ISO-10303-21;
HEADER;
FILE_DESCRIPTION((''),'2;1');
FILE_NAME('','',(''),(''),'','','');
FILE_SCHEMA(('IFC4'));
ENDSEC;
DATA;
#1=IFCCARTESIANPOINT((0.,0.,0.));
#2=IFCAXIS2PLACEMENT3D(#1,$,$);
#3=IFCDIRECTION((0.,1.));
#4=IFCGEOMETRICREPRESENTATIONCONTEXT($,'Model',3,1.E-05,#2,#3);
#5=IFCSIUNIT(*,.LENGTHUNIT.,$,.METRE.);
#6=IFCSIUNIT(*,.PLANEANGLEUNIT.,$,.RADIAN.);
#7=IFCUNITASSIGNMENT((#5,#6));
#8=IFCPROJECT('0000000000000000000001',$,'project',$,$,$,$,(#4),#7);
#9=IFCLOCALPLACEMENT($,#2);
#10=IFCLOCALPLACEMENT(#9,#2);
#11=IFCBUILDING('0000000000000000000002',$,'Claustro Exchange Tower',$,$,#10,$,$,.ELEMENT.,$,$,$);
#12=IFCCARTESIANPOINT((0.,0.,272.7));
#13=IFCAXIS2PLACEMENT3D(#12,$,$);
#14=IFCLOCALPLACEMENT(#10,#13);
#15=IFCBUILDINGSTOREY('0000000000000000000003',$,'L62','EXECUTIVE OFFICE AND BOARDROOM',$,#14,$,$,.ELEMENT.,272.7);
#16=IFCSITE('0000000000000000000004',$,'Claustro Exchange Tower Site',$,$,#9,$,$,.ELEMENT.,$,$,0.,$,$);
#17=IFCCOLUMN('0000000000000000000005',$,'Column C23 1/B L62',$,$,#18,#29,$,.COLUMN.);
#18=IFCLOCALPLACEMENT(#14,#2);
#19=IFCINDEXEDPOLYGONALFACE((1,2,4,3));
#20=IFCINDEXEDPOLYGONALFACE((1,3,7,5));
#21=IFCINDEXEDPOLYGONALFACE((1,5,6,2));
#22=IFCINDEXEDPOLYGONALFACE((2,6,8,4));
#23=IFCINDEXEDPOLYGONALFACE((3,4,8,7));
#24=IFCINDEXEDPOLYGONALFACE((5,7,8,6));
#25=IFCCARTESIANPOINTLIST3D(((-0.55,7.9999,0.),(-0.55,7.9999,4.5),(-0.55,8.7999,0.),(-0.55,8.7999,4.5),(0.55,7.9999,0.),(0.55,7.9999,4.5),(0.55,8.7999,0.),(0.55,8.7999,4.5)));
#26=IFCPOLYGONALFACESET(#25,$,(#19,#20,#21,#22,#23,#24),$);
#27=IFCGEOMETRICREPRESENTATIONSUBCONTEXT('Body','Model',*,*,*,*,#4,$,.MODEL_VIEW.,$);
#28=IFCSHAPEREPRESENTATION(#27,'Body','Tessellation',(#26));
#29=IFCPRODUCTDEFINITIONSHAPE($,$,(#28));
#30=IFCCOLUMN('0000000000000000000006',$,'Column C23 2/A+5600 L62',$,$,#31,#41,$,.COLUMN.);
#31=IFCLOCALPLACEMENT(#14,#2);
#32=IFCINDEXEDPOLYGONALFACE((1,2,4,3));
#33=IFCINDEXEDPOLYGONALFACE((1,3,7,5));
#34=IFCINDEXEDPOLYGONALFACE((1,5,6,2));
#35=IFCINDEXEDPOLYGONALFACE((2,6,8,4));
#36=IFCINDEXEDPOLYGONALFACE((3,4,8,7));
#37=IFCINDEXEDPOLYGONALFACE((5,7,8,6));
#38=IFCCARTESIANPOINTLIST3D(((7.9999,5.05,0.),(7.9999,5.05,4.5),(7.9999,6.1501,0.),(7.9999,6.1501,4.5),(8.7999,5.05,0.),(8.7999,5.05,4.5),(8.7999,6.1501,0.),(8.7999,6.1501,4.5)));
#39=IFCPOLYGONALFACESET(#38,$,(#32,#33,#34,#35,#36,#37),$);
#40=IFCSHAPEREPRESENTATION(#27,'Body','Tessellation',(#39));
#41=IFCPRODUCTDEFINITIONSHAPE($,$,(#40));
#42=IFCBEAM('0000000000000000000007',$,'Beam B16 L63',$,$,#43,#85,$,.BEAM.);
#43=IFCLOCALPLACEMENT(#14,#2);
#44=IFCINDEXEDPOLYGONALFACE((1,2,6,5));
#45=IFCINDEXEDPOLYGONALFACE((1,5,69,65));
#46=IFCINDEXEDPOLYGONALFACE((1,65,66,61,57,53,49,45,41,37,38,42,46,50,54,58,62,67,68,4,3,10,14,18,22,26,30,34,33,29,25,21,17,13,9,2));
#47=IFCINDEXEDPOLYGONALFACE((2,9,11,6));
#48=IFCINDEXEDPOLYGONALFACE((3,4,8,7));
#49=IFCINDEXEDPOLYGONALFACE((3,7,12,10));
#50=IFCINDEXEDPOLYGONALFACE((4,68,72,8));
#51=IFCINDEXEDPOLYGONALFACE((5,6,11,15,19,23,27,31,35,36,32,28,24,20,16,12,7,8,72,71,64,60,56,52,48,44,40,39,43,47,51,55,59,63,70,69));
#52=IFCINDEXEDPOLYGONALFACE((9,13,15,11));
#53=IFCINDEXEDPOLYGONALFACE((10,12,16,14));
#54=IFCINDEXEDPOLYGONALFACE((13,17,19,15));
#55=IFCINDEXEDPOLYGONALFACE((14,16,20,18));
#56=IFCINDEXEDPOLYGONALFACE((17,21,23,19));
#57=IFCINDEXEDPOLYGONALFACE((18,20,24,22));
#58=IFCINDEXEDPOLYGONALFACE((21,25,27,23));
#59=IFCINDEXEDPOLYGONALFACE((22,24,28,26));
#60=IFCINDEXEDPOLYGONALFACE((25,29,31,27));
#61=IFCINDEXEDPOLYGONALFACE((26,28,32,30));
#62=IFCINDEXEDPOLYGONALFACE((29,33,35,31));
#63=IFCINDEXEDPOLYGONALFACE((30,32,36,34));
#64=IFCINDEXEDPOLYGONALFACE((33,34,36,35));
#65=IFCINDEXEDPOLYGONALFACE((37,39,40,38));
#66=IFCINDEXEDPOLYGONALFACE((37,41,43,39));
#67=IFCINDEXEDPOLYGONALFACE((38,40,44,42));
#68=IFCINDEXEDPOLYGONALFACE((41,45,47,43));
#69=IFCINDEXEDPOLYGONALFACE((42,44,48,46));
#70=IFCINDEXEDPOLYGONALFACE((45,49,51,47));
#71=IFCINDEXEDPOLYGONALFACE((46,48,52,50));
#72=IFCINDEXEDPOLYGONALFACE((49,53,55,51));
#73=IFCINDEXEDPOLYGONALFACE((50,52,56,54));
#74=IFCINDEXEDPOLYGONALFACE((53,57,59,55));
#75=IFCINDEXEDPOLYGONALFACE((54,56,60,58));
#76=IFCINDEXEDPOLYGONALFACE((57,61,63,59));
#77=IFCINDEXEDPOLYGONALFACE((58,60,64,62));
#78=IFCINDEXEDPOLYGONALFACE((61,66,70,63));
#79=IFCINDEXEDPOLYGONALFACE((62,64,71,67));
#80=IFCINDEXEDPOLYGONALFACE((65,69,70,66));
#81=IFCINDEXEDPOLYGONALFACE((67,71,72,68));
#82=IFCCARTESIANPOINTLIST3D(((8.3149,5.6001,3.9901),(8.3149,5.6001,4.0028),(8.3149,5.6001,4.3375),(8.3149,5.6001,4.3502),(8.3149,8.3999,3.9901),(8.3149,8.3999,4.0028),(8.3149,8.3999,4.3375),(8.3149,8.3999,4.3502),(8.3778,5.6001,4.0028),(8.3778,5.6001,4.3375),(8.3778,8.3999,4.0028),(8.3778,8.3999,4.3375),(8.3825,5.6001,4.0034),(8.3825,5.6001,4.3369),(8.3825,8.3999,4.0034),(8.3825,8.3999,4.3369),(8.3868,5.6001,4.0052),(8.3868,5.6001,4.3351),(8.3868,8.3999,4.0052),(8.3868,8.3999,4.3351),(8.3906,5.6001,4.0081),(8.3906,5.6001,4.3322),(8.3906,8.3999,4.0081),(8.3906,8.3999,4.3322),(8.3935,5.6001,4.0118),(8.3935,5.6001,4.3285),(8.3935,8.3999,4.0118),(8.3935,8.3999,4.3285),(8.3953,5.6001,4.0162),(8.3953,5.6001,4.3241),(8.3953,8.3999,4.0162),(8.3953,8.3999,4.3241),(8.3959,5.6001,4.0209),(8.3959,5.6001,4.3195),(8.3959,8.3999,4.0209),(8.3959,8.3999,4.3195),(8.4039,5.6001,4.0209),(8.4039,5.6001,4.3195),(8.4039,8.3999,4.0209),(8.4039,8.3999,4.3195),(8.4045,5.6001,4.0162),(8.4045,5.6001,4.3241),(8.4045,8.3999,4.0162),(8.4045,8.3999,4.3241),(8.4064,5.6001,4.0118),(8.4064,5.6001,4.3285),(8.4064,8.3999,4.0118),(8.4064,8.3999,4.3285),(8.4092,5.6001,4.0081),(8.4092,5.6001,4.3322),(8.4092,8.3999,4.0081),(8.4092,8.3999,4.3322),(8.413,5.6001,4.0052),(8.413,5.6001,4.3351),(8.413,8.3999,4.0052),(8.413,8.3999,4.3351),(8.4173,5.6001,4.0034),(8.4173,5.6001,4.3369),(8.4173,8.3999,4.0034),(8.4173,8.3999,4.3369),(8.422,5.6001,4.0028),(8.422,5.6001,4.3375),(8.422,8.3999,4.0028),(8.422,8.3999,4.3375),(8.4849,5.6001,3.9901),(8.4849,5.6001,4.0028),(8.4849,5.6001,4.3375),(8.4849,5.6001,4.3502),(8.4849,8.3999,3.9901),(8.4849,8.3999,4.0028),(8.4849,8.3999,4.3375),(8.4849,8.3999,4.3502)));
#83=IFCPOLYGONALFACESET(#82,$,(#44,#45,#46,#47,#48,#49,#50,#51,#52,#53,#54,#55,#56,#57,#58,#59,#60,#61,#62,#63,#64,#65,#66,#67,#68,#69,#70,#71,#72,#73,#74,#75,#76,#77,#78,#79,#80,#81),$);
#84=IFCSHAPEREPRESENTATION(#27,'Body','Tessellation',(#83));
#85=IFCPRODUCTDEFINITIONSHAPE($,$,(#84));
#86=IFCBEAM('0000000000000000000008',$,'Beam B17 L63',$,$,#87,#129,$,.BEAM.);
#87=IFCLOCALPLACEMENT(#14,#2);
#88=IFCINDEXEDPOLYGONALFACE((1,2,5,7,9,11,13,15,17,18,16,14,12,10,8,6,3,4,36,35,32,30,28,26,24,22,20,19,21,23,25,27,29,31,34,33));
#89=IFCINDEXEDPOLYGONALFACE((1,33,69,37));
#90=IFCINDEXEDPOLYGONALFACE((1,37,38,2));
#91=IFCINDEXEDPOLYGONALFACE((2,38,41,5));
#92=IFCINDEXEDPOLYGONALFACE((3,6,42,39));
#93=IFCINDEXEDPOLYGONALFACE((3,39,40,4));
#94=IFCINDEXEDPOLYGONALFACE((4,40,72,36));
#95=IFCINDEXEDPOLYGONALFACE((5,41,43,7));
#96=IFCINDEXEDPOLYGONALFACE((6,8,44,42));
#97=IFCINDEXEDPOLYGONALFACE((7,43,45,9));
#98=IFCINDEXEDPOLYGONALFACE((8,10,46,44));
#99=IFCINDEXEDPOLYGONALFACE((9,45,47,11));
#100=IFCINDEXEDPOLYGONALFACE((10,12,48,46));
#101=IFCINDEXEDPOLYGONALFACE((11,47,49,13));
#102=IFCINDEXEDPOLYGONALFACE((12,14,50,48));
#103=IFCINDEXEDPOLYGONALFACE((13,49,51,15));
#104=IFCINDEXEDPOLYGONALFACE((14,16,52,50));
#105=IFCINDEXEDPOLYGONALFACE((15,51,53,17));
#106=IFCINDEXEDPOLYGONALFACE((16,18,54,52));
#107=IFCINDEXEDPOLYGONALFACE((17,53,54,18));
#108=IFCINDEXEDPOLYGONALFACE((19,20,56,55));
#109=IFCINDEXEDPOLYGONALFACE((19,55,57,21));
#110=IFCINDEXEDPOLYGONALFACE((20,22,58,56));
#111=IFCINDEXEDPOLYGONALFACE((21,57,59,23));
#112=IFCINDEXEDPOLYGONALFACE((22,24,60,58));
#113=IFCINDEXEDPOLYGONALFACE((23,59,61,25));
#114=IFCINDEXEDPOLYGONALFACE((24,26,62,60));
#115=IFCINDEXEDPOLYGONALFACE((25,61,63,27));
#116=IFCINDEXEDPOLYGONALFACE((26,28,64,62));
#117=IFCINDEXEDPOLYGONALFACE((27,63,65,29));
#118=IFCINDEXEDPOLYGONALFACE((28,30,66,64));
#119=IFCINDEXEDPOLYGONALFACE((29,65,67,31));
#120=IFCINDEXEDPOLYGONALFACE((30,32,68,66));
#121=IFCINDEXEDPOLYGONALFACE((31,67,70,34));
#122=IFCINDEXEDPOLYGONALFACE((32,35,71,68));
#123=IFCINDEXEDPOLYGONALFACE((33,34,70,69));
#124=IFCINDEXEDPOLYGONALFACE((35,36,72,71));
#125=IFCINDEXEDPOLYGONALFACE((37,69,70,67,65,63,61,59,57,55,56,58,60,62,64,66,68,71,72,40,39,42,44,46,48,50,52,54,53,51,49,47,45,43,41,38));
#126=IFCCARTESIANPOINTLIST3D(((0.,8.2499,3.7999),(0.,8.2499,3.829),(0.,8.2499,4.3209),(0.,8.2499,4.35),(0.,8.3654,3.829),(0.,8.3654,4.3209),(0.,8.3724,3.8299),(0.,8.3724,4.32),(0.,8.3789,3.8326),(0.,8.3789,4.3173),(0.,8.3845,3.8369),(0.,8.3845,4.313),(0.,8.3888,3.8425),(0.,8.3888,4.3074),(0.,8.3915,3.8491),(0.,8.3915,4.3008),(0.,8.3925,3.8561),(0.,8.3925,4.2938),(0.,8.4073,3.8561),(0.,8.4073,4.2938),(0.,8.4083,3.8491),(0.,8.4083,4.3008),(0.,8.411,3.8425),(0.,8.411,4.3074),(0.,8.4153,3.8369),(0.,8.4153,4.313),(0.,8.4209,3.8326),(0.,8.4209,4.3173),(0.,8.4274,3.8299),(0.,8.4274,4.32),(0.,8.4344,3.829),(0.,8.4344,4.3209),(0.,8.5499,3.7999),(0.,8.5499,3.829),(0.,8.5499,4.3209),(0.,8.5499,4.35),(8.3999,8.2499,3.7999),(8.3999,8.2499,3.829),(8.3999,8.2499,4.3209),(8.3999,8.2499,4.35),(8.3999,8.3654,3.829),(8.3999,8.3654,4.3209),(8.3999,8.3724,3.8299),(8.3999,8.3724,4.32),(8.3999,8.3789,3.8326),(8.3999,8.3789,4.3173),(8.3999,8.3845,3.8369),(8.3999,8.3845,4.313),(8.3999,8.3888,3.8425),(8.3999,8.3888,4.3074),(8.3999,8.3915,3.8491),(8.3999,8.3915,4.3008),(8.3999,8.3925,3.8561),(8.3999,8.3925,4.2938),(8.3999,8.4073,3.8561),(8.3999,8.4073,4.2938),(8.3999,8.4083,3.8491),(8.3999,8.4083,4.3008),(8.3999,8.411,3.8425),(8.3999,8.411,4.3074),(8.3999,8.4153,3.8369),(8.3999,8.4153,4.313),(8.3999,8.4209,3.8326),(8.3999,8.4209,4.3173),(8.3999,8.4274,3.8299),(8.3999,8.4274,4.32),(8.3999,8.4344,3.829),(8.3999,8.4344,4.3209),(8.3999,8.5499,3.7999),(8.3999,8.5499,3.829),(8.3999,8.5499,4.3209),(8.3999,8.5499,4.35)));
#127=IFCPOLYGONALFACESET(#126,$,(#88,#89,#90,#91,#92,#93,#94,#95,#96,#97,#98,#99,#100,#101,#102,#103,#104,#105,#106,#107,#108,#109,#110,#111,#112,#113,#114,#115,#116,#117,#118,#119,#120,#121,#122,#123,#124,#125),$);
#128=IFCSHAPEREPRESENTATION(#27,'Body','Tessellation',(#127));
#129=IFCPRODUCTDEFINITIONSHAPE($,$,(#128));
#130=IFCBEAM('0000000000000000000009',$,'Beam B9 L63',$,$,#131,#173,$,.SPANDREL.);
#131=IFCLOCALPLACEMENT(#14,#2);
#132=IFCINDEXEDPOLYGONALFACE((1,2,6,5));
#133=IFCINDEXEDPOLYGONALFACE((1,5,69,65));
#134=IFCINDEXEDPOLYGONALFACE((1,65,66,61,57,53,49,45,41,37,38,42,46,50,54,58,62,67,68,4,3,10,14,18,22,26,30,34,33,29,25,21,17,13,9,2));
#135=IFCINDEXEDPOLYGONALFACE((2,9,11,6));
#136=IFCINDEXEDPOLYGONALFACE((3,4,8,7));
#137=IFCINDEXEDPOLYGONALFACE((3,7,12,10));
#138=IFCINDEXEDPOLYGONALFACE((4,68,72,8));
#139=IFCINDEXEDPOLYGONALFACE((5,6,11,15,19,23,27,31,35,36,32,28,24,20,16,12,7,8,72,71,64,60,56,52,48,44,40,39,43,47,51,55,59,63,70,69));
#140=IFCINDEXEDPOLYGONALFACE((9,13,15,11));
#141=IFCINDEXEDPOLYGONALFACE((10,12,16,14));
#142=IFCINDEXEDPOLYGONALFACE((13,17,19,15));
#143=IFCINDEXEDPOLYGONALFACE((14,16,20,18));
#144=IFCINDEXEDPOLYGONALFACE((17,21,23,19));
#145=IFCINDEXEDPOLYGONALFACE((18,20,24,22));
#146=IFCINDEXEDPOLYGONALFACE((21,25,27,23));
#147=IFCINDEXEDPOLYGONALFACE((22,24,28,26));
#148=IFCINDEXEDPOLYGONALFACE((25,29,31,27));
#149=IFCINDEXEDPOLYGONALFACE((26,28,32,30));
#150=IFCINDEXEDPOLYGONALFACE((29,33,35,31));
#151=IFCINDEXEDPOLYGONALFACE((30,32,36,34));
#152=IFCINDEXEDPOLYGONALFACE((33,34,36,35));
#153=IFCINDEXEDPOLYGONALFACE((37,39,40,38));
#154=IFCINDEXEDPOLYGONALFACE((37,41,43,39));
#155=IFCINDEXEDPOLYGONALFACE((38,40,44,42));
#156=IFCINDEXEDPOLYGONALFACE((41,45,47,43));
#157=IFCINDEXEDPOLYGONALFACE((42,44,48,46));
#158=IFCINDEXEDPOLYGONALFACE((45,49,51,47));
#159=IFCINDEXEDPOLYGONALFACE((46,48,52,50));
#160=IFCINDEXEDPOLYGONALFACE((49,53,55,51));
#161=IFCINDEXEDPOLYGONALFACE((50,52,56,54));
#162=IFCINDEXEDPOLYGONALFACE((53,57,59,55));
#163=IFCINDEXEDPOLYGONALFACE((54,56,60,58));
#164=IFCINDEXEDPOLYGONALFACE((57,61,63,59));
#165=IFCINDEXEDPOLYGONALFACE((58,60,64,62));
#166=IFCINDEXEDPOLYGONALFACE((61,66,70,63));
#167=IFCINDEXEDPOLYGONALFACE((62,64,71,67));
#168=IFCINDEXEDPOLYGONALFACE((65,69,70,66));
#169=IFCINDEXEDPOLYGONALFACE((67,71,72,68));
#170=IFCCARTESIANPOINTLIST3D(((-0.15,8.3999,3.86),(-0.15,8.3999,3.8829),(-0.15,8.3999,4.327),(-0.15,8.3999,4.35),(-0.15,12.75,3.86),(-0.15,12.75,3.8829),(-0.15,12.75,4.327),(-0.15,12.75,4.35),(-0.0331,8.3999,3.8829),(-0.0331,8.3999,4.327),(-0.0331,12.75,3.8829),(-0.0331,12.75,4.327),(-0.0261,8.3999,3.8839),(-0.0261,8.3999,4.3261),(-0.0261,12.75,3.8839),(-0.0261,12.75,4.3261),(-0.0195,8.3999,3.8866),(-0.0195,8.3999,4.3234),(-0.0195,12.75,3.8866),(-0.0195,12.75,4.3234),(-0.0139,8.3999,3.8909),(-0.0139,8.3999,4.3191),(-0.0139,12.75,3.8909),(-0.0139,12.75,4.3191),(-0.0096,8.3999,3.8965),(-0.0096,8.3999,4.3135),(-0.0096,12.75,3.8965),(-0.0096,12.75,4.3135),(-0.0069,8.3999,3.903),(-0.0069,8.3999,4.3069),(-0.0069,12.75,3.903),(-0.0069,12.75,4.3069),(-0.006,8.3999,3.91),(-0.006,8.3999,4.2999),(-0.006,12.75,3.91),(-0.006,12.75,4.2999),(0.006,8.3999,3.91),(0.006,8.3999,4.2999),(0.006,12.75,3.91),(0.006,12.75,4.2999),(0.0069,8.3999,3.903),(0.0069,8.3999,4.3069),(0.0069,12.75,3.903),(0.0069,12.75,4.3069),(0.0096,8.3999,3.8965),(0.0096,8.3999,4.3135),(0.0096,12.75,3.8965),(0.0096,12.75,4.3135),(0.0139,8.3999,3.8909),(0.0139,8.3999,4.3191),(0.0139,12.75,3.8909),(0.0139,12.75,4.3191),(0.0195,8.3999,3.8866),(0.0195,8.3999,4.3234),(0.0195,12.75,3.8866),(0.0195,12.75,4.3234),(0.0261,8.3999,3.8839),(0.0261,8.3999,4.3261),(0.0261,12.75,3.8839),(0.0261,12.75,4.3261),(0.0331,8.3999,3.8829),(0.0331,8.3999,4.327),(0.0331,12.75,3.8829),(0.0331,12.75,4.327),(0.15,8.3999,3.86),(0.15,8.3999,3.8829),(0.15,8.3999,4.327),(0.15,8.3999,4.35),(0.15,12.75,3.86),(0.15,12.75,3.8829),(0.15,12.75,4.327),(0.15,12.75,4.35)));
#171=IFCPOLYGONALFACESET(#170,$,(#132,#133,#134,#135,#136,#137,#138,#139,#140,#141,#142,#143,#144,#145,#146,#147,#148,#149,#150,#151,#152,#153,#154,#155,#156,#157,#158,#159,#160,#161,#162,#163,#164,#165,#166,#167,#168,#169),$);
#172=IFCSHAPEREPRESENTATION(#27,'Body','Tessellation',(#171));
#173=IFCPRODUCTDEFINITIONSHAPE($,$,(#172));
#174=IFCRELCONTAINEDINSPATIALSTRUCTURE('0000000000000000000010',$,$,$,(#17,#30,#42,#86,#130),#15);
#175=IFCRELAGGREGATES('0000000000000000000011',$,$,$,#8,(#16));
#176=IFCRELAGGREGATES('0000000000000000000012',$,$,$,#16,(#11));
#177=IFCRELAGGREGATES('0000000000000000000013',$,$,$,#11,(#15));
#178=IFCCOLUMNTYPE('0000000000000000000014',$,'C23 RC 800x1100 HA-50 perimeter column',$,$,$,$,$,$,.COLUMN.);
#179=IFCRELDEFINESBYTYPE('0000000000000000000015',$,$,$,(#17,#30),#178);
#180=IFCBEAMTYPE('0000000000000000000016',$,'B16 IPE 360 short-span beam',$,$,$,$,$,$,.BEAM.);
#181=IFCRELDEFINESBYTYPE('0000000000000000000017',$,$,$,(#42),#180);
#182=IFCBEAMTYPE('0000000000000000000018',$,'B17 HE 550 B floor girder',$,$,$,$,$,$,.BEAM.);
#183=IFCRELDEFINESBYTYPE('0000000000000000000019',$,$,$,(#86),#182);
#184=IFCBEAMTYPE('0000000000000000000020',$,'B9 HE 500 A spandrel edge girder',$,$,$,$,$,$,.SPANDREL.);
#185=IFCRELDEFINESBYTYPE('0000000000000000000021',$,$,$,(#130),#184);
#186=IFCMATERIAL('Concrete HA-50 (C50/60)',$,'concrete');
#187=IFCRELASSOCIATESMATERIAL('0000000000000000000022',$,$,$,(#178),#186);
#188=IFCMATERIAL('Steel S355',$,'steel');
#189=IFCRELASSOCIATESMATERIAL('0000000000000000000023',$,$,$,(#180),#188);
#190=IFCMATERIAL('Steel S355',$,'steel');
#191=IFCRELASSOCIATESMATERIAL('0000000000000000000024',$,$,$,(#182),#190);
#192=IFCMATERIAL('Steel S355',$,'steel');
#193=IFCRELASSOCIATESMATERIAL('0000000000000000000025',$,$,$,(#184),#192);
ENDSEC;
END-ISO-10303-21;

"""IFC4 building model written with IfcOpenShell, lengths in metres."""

from ifc_helpers import new_model, si_unit, direction, frame, origin, origin_2d, place, context, subcontext, project, spatial, rectangle, i_section, extrude, material, material_profile, profile_set, type_object, element, save


model = new_model("IFC4")

# Units and contexts
model_context = context("Model", 3, precision=1e-05, world=origin(), true_north=direction((0.0, 1.0)))
body_context = subcontext(model_context, "Body", "Model", "MODEL_VIEW")
ifc_project = project(units=[si_unit("LENGTHUNIT", "METRE"), si_unit("PLANEANGLEUNIT", "RADIAN")], contexts=[model_context])

# Site, building, storey
site_placement = place(None, origin())
site = spatial("IfcSite", under=ifc_project, at=site_placement, Name="Claustro Exchange Tower Site", CompositionType="ELEMENT", RefElevation=0.0)
building_placement = place(site_placement, origin())
building = spatial("IfcBuilding", under=site, at=building_placement, Name="Claustro Exchange Tower", CompositionType="ELEMENT")
storey_placement = place(building_placement, frame((0.0, 0.0, 272.7)))
storey = spatial("IfcBuildingStorey", under=building, at=storey_placement, Name="L62", Description="EXECUTIVE OFFICE AND BOARDROOM", CompositionType="ELEMENT", Elevation=272.7)

# Columns
ifc_material_1 = material(Name="Concrete HA-50 (C50/60)", Category="concrete")
ifc_material_profile_1 = material_profile(ifc_material_1, rectangle(XDim=0.8, YDim=1.1001, at=origin_2d()), Name="RC 800x1100")
ifc_profile_set_1 = profile_set([ifc_material_profile_1], Name="Concrete HA-50 (C50/60)")
column_type = type_object("IfcColumnType", Name="C23 RC 800x1100 HA-50 perimeter column", PredefinedType="COLUMN", material=ifc_profile_set_1)
for number, where, z_axis, x_axis, name in (
    (1, (0.0, 8.3999, 0.0), (0.0, 0.0, 1.0), (0.0, 1.0, 0.0), "Column C23 1/B L62"),
    (2, (8.3999, 5.6001, 0.0), (0.0, 0.0, 1.0), (1.0, 0.0, 0.0), "Column C23 2/A+5600 L62"),
):
    element("IfcColumn", number, at=place(storey_placement, frame(where, z_axis=z_axis, x_axis=x_axis)), inside=storey, type_object=column_type, Name=name, PredefinedType="COLUMN", context=body_context, shape_type="SweptSolid", body=[
        extrude(rectangle(XDim=0.8, YDim=1.1001, at=origin_2d()), origin(), (0.0, 0.0, 1.0), 4.5),
    ])

# Beams
ifc_material_2 = material(Name="Steel S355", Category="steel")
ifc_material_profile_2 = material_profile(ifc_material_2, i_section(OverallWidth=0.1699, OverallDepth=0.3601, WebThickness=0.0081, FlangeThickness=0.0127, FilletRadius=0.0181, at=origin_2d()), Name="IPE 360")
ifc_profile_set_2 = profile_set([ifc_material_profile_2], Name="Steel S355")
beam_type_1 = type_object("IfcBeamType", Name="B16 IPE 360 short-span beam", PredefinedType="BEAM", material=ifc_profile_set_2)
beam_1_placement = place(storey_placement, frame((8.3999, 5.6001, 4.1702), z_axis=(0.0, 1.0, 0.0), x_axis=(-1.0, 0.0, 0.0)))
element("IfcBeam", 3, at=beam_1_placement, inside=storey, type_object=beam_type_1, Name="Beam B16 L63", PredefinedType="BEAM", context=body_context, shape_type="SweptSolid", body=[
    extrude(i_section(OverallWidth=0.1699, OverallDepth=0.3601, WebThickness=0.0081, FlangeThickness=0.0127, FilletRadius=0.0181, at=origin_2d()), origin(), (0.0, 0.0, 1.0), 2.7998),
])
ifc_material_3 = material(Name="Steel S355", Category="steel")
ifc_material_profile_3 = material_profile(ifc_material_3, i_section(OverallWidth=0.3, OverallDepth=0.55, WebThickness=0.0149, FlangeThickness=0.0291, FilletRadius=0.0271, at=origin_2d()), Name="HE 550 B")
ifc_profile_set_3 = profile_set([ifc_material_profile_3], Name="Steel S355")
beam_type_2 = type_object("IfcBeamType", Name="B17 HE 550 B floor girder", PredefinedType="BEAM", material=ifc_profile_set_3)
beam_2_placement = place(storey_placement, frame((0.0, 8.3999, 4.075), z_axis=(1.0, 0.0, 0.0), x_axis=(0.0, 1.0, 0.0)))
element("IfcBeam", 4, at=beam_2_placement, inside=storey, type_object=beam_type_2, Name="Beam B17 L63", PredefinedType="BEAM", context=body_context, shape_type="SweptSolid", body=[
    extrude(i_section(OverallWidth=0.3, OverallDepth=0.55, WebThickness=0.0149, FlangeThickness=0.0291, FilletRadius=0.0271, at=origin_2d()), origin(), (0.0, 0.0, 1.0), 8.3999),
])
ifc_material_4 = material(Name="Steel S355", Category="steel")
ifc_material_profile_4 = material_profile(ifc_material_4, i_section(OverallWidth=0.3, OverallDepth=0.49, WebThickness=0.012, FlangeThickness=0.0229, FilletRadius=0.0271, at=origin_2d()), Name="HE 500 A")
ifc_profile_set_4 = profile_set([ifc_material_profile_4], Name="Steel S355")
beam_type_3 = type_object("IfcBeamType", Name="B9 HE 500 A spandrel edge girder", PredefinedType="SPANDREL", material=ifc_profile_set_4)
beam_3_placement = place(storey_placement, frame((0.0, 8.3999, 4.105), z_axis=(0.0, 1.0, 0.0), x_axis=(-1.0, 0.0, 0.0)))
element("IfcBeam", 5, at=beam_3_placement, inside=storey, type_object=beam_type_3, Name="Beam B9 L63", PredefinedType="SPANDREL", context=body_context, shape_type="SweptSolid", body=[
    extrude(i_section(OverallWidth=0.3, OverallDepth=0.49, WebThickness=0.012, FlangeThickness=0.0229, FilletRadius=0.0271, at=origin_2d()), origin(), (0.0, 0.0, 1.0), 4.3501),
])

save(model, "model.ifc")
